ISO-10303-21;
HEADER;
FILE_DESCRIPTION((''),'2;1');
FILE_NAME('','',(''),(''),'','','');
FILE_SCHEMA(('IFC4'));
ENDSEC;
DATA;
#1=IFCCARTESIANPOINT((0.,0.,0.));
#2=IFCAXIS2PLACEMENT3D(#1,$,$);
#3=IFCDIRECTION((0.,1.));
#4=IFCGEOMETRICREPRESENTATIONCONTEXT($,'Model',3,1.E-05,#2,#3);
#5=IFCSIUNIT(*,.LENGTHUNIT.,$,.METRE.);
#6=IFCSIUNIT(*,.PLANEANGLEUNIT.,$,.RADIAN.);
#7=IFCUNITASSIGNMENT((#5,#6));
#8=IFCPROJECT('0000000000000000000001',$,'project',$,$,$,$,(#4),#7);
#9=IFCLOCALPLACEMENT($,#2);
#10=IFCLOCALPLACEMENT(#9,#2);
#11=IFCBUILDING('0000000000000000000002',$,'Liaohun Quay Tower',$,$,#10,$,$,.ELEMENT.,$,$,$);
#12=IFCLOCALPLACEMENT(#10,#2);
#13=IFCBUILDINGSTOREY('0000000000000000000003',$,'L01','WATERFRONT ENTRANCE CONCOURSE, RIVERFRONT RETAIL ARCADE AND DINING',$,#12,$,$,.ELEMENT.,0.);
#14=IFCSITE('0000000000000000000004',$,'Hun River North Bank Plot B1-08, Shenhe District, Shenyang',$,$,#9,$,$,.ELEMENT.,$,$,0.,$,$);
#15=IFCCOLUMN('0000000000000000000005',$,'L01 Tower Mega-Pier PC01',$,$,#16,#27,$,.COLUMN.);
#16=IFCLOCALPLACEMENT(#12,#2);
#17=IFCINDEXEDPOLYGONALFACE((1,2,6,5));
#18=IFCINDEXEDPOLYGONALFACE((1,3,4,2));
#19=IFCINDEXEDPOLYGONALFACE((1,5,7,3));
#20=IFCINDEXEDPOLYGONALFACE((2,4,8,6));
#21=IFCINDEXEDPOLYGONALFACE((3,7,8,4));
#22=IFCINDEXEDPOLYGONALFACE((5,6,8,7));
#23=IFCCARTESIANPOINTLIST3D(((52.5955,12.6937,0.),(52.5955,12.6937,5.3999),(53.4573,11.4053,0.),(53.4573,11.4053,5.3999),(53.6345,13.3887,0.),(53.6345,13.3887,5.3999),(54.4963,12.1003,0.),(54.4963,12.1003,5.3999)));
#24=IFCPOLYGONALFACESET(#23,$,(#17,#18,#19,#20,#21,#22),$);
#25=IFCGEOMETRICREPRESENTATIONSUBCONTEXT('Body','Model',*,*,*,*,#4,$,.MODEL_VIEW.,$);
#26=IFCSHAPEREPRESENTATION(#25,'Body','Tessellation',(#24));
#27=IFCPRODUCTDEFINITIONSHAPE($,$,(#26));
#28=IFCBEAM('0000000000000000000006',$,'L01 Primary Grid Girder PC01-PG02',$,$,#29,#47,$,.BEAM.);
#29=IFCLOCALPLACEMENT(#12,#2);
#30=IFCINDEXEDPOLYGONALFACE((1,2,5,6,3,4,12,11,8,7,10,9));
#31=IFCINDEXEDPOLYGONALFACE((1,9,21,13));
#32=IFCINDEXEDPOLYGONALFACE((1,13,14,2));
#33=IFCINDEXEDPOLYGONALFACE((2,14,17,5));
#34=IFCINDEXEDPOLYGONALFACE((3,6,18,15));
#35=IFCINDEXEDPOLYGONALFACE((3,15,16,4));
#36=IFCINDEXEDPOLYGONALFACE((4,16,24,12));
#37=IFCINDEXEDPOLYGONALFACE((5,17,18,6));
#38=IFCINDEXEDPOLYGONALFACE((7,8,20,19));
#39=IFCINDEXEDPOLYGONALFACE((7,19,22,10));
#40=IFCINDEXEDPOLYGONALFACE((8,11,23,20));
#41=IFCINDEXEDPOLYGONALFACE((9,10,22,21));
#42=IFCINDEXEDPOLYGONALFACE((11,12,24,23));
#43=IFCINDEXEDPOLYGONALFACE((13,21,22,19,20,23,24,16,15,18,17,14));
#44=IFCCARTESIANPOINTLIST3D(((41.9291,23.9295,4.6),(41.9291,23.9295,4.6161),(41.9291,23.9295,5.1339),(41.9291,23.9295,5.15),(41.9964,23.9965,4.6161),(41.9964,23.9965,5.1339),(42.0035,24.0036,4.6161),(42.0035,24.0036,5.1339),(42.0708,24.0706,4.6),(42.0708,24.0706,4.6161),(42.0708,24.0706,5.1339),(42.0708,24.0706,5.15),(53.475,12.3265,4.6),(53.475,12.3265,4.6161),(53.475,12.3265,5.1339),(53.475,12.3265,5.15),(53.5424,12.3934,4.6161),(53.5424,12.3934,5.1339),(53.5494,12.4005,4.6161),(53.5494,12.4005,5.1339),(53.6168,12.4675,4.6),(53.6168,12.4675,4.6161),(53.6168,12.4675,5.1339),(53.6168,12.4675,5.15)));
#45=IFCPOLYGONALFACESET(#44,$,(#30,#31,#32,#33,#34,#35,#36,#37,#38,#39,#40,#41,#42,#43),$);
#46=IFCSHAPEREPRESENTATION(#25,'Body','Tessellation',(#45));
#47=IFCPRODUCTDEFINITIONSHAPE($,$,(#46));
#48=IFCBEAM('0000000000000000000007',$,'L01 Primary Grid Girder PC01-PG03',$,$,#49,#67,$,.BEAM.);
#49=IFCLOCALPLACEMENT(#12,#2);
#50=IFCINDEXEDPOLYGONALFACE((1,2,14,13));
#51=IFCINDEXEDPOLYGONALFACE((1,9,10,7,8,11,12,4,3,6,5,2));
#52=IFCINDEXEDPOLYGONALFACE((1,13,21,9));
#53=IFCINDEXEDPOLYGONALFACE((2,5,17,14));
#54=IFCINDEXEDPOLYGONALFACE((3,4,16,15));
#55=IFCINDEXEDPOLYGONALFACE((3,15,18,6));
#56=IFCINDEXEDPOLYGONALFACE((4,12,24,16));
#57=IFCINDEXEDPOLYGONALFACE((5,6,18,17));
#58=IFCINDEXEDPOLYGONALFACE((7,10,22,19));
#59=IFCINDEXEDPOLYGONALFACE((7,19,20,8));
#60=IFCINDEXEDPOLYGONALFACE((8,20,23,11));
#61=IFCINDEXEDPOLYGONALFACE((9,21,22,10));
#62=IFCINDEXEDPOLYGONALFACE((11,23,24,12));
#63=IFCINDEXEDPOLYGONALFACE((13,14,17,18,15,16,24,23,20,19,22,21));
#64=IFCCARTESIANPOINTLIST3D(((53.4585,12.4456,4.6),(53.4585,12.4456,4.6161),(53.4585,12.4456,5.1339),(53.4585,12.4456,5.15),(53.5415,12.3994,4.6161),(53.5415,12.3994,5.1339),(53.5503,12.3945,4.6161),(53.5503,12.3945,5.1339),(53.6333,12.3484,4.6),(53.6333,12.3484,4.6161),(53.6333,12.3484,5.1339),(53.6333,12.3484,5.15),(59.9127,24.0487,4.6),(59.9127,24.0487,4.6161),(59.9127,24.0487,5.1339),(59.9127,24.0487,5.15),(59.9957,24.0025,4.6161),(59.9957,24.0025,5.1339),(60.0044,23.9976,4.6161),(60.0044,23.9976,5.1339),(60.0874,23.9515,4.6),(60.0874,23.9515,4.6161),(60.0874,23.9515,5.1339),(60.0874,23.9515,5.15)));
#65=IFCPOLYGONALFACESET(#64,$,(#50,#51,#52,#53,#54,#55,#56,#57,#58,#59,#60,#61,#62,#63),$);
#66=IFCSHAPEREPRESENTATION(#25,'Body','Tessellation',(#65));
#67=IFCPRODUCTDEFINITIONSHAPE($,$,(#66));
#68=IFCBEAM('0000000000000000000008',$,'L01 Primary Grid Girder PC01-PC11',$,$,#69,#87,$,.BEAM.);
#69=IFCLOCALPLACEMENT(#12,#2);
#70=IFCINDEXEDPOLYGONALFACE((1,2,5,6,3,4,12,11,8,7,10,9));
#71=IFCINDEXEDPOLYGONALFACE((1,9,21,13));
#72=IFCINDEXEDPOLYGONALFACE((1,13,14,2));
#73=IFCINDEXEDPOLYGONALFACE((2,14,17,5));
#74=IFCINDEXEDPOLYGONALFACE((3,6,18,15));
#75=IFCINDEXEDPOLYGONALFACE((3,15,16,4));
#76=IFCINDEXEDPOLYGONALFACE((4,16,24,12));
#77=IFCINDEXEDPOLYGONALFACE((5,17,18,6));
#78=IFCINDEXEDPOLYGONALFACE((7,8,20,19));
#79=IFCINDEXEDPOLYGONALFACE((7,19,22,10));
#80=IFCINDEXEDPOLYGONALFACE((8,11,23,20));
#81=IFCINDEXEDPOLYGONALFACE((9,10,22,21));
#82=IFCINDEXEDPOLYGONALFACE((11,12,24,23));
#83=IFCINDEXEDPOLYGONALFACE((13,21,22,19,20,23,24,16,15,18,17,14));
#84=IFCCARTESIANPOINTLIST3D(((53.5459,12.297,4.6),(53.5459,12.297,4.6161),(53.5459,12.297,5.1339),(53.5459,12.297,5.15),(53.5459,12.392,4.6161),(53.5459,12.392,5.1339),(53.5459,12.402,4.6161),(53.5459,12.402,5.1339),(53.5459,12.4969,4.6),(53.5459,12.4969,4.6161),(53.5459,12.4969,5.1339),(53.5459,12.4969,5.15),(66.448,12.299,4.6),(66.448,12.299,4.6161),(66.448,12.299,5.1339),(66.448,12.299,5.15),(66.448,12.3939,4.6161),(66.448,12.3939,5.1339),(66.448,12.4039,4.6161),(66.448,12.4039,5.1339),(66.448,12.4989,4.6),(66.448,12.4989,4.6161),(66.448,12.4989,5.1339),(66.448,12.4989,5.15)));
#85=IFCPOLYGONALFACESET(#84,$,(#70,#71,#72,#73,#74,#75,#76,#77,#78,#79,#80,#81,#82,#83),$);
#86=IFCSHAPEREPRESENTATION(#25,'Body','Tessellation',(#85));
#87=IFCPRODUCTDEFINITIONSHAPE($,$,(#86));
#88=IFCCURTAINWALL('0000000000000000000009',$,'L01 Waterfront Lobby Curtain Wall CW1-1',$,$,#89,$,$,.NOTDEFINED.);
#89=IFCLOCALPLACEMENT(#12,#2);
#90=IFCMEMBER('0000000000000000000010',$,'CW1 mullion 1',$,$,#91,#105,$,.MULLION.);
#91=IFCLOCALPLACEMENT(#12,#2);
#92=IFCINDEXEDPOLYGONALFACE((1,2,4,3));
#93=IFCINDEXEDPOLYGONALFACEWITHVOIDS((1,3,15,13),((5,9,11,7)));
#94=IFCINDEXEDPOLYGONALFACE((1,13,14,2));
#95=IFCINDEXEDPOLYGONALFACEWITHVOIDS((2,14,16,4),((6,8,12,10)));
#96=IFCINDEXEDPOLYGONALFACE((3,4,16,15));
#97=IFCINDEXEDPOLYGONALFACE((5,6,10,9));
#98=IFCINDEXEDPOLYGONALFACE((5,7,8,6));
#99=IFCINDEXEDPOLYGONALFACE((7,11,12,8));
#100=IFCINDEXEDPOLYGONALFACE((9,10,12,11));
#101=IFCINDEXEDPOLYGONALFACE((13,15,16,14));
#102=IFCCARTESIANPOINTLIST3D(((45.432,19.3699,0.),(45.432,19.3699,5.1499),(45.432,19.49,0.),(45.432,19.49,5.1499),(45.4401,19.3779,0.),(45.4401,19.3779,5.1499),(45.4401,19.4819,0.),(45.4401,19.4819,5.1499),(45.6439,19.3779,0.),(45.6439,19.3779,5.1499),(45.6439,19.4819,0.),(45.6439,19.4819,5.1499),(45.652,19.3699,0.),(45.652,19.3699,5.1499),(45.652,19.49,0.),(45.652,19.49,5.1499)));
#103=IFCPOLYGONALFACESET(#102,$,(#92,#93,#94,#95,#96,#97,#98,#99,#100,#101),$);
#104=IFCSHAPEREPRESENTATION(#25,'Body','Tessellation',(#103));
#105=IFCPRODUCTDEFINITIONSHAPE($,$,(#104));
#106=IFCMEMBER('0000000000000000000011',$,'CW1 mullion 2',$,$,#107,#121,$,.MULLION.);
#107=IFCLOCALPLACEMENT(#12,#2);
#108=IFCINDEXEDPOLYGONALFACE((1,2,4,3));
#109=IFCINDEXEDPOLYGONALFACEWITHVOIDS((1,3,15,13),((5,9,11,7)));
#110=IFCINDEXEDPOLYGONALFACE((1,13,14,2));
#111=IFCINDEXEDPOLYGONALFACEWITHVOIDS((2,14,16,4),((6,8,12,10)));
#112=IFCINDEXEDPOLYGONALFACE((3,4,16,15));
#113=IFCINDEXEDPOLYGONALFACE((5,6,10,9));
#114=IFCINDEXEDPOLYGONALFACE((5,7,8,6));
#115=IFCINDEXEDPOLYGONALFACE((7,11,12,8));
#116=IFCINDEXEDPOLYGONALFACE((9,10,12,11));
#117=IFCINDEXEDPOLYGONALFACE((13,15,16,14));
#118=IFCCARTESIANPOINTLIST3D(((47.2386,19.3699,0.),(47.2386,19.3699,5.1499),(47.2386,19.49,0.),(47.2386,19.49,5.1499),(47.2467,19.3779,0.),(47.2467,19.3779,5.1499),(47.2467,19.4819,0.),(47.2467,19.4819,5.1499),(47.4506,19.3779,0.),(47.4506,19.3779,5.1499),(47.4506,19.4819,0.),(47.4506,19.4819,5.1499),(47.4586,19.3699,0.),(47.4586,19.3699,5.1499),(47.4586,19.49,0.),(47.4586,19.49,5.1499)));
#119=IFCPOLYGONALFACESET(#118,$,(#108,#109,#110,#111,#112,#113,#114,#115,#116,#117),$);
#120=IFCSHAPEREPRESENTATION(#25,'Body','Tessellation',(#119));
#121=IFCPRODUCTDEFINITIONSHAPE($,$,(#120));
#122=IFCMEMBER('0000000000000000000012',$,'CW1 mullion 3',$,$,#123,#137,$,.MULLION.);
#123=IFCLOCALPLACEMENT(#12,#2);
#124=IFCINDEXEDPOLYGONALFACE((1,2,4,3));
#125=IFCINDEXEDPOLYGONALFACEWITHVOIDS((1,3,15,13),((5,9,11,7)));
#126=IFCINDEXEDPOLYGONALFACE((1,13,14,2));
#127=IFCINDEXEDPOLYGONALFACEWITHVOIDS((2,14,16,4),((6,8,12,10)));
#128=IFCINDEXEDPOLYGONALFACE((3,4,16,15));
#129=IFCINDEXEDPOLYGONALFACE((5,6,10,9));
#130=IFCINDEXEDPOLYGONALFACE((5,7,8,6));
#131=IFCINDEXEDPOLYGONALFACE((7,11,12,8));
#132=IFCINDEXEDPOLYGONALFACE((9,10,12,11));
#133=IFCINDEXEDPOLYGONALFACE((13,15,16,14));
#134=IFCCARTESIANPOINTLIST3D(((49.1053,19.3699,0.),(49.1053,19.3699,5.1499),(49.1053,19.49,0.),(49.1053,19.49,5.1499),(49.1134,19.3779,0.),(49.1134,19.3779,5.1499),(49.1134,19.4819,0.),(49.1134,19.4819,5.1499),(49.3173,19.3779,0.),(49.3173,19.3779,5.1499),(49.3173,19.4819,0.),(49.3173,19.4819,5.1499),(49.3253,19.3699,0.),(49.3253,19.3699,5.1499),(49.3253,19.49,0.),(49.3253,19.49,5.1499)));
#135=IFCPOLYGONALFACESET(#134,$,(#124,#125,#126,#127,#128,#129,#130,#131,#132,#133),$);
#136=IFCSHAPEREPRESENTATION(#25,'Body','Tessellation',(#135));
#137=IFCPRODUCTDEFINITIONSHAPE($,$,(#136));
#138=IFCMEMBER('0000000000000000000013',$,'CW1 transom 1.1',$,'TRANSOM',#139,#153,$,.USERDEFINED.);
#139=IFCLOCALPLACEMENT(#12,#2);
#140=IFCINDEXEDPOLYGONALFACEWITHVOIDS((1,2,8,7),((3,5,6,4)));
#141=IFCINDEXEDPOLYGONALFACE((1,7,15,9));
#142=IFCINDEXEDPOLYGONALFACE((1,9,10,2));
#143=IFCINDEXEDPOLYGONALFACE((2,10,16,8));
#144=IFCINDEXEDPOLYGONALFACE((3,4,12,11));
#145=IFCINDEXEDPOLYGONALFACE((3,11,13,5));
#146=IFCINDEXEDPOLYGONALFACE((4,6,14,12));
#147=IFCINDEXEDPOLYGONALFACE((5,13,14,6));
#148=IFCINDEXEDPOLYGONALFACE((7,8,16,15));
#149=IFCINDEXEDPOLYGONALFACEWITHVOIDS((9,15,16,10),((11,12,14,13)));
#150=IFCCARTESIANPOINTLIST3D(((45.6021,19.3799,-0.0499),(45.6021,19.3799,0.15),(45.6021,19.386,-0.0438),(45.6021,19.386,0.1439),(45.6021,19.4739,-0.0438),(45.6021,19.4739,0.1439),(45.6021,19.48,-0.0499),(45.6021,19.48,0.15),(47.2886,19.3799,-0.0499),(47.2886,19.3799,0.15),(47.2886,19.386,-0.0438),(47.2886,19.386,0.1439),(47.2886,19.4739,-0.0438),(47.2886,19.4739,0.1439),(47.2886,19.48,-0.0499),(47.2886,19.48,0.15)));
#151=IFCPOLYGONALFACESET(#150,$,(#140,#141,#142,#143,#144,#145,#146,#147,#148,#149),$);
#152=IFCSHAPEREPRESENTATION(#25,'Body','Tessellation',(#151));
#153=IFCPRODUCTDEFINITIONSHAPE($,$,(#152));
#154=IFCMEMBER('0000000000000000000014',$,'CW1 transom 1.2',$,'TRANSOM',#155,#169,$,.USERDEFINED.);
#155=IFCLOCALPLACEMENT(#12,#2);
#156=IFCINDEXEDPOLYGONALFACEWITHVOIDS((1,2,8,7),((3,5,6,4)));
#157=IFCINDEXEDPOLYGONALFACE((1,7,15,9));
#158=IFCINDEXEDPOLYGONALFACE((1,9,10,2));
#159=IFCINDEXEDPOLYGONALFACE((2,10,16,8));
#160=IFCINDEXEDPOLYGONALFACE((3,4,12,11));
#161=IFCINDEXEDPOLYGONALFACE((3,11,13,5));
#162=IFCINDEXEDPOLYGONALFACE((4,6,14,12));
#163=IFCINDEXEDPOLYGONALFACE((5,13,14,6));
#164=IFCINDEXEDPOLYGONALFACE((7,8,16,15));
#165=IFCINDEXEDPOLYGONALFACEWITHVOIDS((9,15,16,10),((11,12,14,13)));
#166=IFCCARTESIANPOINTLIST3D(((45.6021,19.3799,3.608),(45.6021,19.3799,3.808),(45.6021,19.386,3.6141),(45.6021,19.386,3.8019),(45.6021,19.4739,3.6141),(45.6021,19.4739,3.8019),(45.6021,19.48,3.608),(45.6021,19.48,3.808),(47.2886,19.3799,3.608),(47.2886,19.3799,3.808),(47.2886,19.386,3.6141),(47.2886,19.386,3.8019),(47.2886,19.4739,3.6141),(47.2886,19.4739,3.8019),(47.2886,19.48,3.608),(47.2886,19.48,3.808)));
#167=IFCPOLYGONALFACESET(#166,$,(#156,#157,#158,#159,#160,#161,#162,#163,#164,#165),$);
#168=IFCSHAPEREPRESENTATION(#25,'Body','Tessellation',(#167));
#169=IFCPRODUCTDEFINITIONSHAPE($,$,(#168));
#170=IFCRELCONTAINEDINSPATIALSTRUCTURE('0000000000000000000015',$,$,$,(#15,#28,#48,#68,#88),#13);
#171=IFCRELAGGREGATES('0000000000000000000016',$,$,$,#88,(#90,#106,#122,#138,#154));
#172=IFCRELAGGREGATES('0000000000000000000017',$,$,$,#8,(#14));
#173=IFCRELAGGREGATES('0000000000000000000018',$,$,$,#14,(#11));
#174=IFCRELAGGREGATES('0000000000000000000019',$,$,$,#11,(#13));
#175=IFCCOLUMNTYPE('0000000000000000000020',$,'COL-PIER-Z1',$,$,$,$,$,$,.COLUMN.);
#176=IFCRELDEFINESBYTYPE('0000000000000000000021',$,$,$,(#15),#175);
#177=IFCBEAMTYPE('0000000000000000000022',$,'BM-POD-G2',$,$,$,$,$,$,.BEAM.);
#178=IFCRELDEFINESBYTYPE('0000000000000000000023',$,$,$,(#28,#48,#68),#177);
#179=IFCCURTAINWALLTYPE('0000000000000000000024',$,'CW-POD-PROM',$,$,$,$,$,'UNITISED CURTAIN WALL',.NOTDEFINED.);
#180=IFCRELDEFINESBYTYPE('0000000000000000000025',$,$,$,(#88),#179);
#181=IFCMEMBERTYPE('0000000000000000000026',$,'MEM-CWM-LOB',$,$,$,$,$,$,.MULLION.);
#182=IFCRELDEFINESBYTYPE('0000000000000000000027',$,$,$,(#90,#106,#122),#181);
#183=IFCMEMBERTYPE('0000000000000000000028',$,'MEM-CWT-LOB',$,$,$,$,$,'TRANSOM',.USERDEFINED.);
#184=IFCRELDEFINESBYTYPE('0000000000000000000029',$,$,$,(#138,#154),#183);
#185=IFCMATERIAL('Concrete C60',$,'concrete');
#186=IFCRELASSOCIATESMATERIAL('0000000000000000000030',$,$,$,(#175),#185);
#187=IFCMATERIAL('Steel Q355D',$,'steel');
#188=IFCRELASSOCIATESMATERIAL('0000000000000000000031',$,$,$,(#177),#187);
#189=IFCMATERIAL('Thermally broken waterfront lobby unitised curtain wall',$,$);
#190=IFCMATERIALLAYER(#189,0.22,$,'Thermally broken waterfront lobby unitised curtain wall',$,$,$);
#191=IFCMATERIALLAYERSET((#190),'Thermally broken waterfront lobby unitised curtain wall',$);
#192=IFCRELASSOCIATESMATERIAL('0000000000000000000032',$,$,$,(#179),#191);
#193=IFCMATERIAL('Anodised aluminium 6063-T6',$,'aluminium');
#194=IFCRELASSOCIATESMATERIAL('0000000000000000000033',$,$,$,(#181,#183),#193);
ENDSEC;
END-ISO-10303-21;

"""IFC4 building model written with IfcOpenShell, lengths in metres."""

from ifc_helpers import new_model, si_unit, direction, frame, origin, origin_2d, place, context, subcontext, project, spatial, rectangle, hollow_rectangle, i_section, extrude, source, transform, mapped, material, layer, layer_set, material_profile, profile_set, type_object, element, aggregate, save


model = new_model("IFC4")

# Units and contexts
model_context = context("Model", 3, precision=1e-05, world=origin(), true_north=direction((0.0, 1.0)))
body_context = subcontext(model_context, "Body", "Model", "MODEL_VIEW")
ifc_project = project(units=[si_unit("LENGTHUNIT", "METRE"), si_unit("PLANEANGLEUNIT", "RADIAN")], contexts=[model_context])

# Site, building, storey
site_placement = place(None, origin())
site = spatial("IfcSite", under=ifc_project, at=site_placement, Name="Hun River North Bank Plot B1-08, Shenhe District, Shenyang", CompositionType="ELEMENT", RefElevation=0.0)
building_placement = place(site_placement, origin())
building = spatial("IfcBuilding", under=site, at=building_placement, Name="Liaohun Quay Tower", CompositionType="ELEMENT")
storey_placement = place(building_placement, origin())
storey = spatial("IfcBuildingStorey", under=building, at=storey_placement, Name="L01", Description="WATERFRONT ENTRANCE CONCOURSE, RIVERFRONT RETAIL ARCADE AND DINING", CompositionType="ELEMENT", Elevation=0.0)

# Column
ifc_material_1 = material(Name="Concrete C60", Category="concrete")
ifc_material_profile_1 = material_profile(ifc_material_1, rectangle(XDim=1.55, YDim=1.25, at=origin_2d()), Name="RC1550x1250")
ifc_profile_set_1 = profile_set([ifc_material_profile_1], Name="Concrete C60")
column_type = type_object("IfcColumnType", Name="COL-PIER-Z1", PredefinedType="COLUMN", material=ifc_profile_set_1)
shared_shape_1 = source(origin(), body_context, "Body", "SweptSolid", [
    extrude(rectangle(XDim=1.55, YDim=1.25, at=origin_2d()), origin(), (0.0, 0.0, 1.0), 5.3999),
])
column_placement = place(storey_placement, frame((53.5459, 12.397, 0.0), z_axis=(0.0, 0.0, 1.0), x_axis=(-0.556006, 0.831179, 0.0)))
element("IfcColumn", 1, at=column_placement, inside=storey, type_object=column_type, Name="L01 Tower Mega-Pier PC01", PredefinedType="COLUMN", context=body_context, shape_type="MappedRepresentation", body=[
    mapped(shared_shape_1, transform((0.0, 0.0, 0.0), x_axis=(1.0, 0.0, 0.0), y_axis=(0.0, 1.0, 0.0), z_axis=(0.0, 0.0, 1.0), scale=1.0)),
])

# Beams
ifc_material_2 = material(Name="Steel Q355D", Category="steel")
ifc_material_profile_2 = material_profile(ifc_material_2, i_section(OverallWidth=0.2, OverallDepth=0.55, WebThickness=0.01, FlangeThickness=0.0161, at=origin_2d()), Name="HN550x200x10x16")
ifc_profile_set_2 = profile_set([ifc_material_profile_2], Name="Steel Q355D")
beam_type_1 = type_object("IfcBeamType", Name="BM-POD-G2", PredefinedType="BEAM", material=ifc_profile_set_2)
shared_shape_2 = source(origin(), body_context, "Body", "SweptSolid", [
    extrude(i_section(OverallWidth=0.2, OverallDepth=0.55, WebThickness=0.01, FlangeThickness=0.0161, at=origin_2d()), origin(), (0.0, 0.0, 1.0), 16.3689),
])
beam_1_placement = place(storey_placement, frame((53.5459, 12.397, 4.875), z_axis=(-0.70536, 0.70885, 0.0), x_axis=(-0.70885, -0.70536, 0.0)))
element("IfcBeam", 2, at=beam_1_placement, inside=storey, type_object=beam_type_1, Name="L01 Primary Grid Girder PC01-PG02", PredefinedType="BEAM", context=body_context, shape_type="MappedRepresentation", body=[
    mapped(shared_shape_2, transform((0.0, 0.0, 0.0), x_axis=(1.0, 0.0, 0.0), y_axis=(0.0, 1.0, 0.0), z_axis=(0.0, 0.0, 1.0), scale=1.0)),
])
shared_shape_3 = source(origin(), body_context, "Body", "SweptSolid", [
    extrude(i_section(OverallWidth=0.2, OverallDepth=0.55, WebThickness=0.01, FlangeThickness=0.0161, at=origin_2d()), origin(), (0.0, 0.0, 1.0), 13.2773),
])
beam_2_placement = place(storey_placement, frame((53.5459, 12.397, 4.875), z_axis=(0.486102, 0.873902, 0.0), x_axis=(-0.873902, 0.486102, 0.0)))
element("IfcBeam", 3, at=beam_2_placement, inside=storey, type_object=beam_type_1, Name="L01 Primary Grid Girder PC01-PG03", PredefinedType="BEAM", context=body_context, shape_type="MappedRepresentation", body=[
    mapped(shared_shape_3, transform((0.0, 0.0, 0.0), x_axis=(1.0, 0.0, 0.0), y_axis=(0.0, 1.0, 0.0), z_axis=(0.0, 0.0, 1.0), scale=1.0)),
])
shared_shape_4 = source(origin(), body_context, "Body", "SweptSolid", [
    extrude(i_section(OverallWidth=0.2, OverallDepth=0.55, WebThickness=0.01, FlangeThickness=0.0161, at=origin_2d()), origin(), (0.0, 0.0, 1.0), 12.9021),
])
beam_3_placement = place(storey_placement, frame((53.5459, 12.397, 4.875), z_axis=(1.0, 0.000151, 0.0), x_axis=(-0.000151, 1.0, 0.0)))
element("IfcBeam", 4, at=beam_3_placement, inside=storey, type_object=beam_type_1, Name="L01 Primary Grid Girder PC01-PC11", PredefinedType="BEAM", context=body_context, shape_type="MappedRepresentation", body=[
    mapped(shared_shape_4, transform((0.0, 0.0, 0.0), x_axis=(1.0, 0.0, 0.0), y_axis=(0.0, 1.0, 0.0), z_axis=(0.0, 0.0, 1.0), scale=1.0)),
])

# Curtain wall, members
ifc_material_3 = material(Name="Thermally broken waterfront lobby unitised curtain wall")
ifc_layer_1 = layer(ifc_material_3, 0.22, Name="Thermally broken waterfront lobby unitised curtain wall")
ifc_layer_set_1 = layer_set([ifc_layer_1], Name="Thermally broken waterfront lobby unitised curtain wall")
curtain_wall_type = type_object("IfcCurtainWallType", Name="CW-POD-PROM", ElementType="UNITISED CURTAIN WALL", PredefinedType="NOTDEFINED", material=ifc_layer_set_1)
curtain_wall_placement = place(storey_placement, origin())
curtain_wall = element("IfcCurtainWall", 5, at=curtain_wall_placement, inside=storey, type_object=curtain_wall_type, Name="L01 Waterfront Lobby Curtain Wall CW1-1", PredefinedType="NOTDEFINED")
ifc_material_4 = material(Name="Anodised aluminium 6063-T6", Category="aluminium")
ifc_material_profile_3 = material_profile(ifc_material_4, hollow_rectangle(XDim=0.1201, YDim=0.22, WallThickness=0.0081, at=origin_2d()), Name="RHS220x120x8")
ifc_profile_set_3 = profile_set([ifc_material_profile_3], Name="Anodised aluminium 6063-T6")
member_type_1 = type_object("IfcMemberType", Name="MEM-CWM-LOB", PredefinedType="MULLION", material=ifc_profile_set_3)
shared_shape_5 = source(origin(), body_context, "Body", "SweptSolid", [
    extrude(hollow_rectangle(XDim=0.1201, YDim=0.22, WallThickness=0.0081, at=origin_2d()), origin(), (0.0, 0.0, 1.0), 5.1499),
])
member_1_placement = place(storey_placement, frame((45.542, 19.4299, 0.0), z_axis=(0.0, 0.0, 1.0), x_axis=(0.0, 1.0, 0.0)))
member_1 = element("IfcMember", 6, at=member_1_placement, type_object=member_type_1, Name="CW1 mullion 1", PredefinedType="MULLION", context=body_context, shape_type="MappedRepresentation", body=[
    mapped(shared_shape_5, transform((0.0, 0.0, 0.0), x_axis=(1.0, 0.0, 0.0), y_axis=(0.0, 1.0, 0.0), z_axis=(0.0, 0.0, 1.0), scale=1.0)),
])
member_2_placement = place(storey_placement, frame((47.3486, 19.4299, 0.0), z_axis=(0.0, 0.0, 1.0), x_axis=(0.0, 1.0, 0.0)))
member_2 = element("IfcMember", 7, at=member_2_placement, type_object=member_type_1, Name="CW1 mullion 2", PredefinedType="MULLION", context=body_context, shape_type="MappedRepresentation", body=[
    mapped(shared_shape_5, transform((0.0, 0.0, 0.0), x_axis=(1.0, 0.0, 0.0), y_axis=(0.0, 1.0, 0.0), z_axis=(0.0, 0.0, 1.0), scale=1.0)),
])
member_3_placement = place(storey_placement, frame((49.2153, 19.4299, 0.0), z_axis=(0.0, 0.0, 1.0), x_axis=(0.0, 1.0, 0.0)))
member_3 = element("IfcMember", 8, at=member_3_placement, type_object=member_type_1, Name="CW1 mullion 3", PredefinedType="MULLION", context=body_context, shape_type="MappedRepresentation", body=[
    mapped(shared_shape_5, transform((0.0, 0.0, 0.0), x_axis=(1.0, 0.0, 0.0), y_axis=(0.0, 1.0, 0.0), z_axis=(0.0, 0.0, 1.0), scale=1.0)),
])
ifc_material_profile_4 = material_profile(ifc_material_4, hollow_rectangle(XDim=0.1001, YDim=0.2, WallThickness=0.0061, at=origin_2d()), Name="RHS200x100x6")
ifc_profile_set_4 = profile_set([ifc_material_profile_4], Name="Anodised aluminium 6063-T6")
member_type_2 = type_object("IfcMemberType", Name="MEM-CWT-LOB", ElementType="TRANSOM", PredefinedType="USERDEFINED", material=ifc_profile_set_4)
shared_shape_6 = source(origin(), body_context, "Body", "SweptSolid", [
    extrude(hollow_rectangle(XDim=0.1001, YDim=0.2, WallThickness=0.0061, at=origin_2d()), origin(), (0.0, 0.0, 1.0), 1.6865),
])
member_4_placement = place(storey_placement, frame((45.6021, 19.4299, 0.05), z_axis=(1.0, 0.0, 0.0), x_axis=(0.0, 1.0, 0.0)))
member_4 = element("IfcMember", 9, at=member_4_placement, type_object=member_type_2, Name="CW1 transom 1.1", ObjectType="TRANSOM", PredefinedType="USERDEFINED", context=body_context, shape_type="MappedRepresentation", body=[
    mapped(shared_shape_6, transform((0.0, 0.0, 0.0), x_axis=(1.0, 0.0, 0.0), y_axis=(0.0, 1.0, 0.0), z_axis=(0.0, 0.0, 1.0), scale=1.0)),
])
member_5_placement = place(storey_placement, frame((45.6021, 19.4299, 3.708), z_axis=(1.0, 0.0, 0.0), x_axis=(0.0, 1.0, 0.0)))
member_5 = element("IfcMember", 10, at=member_5_placement, type_object=member_type_2, Name="CW1 transom 1.2", ObjectType="TRANSOM", PredefinedType="USERDEFINED", context=body_context, shape_type="MappedRepresentation", body=[
    mapped(shared_shape_6, transform((0.0, 0.0, 0.0), x_axis=(1.0, 0.0, 0.0), y_axis=(0.0, 1.0, 0.0), z_axis=(0.0, 0.0, 1.0), scale=1.0)),
])

aggregate(curtain_wall, [member_1, member_2, member_3, member_4, member_5])

save(model, "model.ifc")
